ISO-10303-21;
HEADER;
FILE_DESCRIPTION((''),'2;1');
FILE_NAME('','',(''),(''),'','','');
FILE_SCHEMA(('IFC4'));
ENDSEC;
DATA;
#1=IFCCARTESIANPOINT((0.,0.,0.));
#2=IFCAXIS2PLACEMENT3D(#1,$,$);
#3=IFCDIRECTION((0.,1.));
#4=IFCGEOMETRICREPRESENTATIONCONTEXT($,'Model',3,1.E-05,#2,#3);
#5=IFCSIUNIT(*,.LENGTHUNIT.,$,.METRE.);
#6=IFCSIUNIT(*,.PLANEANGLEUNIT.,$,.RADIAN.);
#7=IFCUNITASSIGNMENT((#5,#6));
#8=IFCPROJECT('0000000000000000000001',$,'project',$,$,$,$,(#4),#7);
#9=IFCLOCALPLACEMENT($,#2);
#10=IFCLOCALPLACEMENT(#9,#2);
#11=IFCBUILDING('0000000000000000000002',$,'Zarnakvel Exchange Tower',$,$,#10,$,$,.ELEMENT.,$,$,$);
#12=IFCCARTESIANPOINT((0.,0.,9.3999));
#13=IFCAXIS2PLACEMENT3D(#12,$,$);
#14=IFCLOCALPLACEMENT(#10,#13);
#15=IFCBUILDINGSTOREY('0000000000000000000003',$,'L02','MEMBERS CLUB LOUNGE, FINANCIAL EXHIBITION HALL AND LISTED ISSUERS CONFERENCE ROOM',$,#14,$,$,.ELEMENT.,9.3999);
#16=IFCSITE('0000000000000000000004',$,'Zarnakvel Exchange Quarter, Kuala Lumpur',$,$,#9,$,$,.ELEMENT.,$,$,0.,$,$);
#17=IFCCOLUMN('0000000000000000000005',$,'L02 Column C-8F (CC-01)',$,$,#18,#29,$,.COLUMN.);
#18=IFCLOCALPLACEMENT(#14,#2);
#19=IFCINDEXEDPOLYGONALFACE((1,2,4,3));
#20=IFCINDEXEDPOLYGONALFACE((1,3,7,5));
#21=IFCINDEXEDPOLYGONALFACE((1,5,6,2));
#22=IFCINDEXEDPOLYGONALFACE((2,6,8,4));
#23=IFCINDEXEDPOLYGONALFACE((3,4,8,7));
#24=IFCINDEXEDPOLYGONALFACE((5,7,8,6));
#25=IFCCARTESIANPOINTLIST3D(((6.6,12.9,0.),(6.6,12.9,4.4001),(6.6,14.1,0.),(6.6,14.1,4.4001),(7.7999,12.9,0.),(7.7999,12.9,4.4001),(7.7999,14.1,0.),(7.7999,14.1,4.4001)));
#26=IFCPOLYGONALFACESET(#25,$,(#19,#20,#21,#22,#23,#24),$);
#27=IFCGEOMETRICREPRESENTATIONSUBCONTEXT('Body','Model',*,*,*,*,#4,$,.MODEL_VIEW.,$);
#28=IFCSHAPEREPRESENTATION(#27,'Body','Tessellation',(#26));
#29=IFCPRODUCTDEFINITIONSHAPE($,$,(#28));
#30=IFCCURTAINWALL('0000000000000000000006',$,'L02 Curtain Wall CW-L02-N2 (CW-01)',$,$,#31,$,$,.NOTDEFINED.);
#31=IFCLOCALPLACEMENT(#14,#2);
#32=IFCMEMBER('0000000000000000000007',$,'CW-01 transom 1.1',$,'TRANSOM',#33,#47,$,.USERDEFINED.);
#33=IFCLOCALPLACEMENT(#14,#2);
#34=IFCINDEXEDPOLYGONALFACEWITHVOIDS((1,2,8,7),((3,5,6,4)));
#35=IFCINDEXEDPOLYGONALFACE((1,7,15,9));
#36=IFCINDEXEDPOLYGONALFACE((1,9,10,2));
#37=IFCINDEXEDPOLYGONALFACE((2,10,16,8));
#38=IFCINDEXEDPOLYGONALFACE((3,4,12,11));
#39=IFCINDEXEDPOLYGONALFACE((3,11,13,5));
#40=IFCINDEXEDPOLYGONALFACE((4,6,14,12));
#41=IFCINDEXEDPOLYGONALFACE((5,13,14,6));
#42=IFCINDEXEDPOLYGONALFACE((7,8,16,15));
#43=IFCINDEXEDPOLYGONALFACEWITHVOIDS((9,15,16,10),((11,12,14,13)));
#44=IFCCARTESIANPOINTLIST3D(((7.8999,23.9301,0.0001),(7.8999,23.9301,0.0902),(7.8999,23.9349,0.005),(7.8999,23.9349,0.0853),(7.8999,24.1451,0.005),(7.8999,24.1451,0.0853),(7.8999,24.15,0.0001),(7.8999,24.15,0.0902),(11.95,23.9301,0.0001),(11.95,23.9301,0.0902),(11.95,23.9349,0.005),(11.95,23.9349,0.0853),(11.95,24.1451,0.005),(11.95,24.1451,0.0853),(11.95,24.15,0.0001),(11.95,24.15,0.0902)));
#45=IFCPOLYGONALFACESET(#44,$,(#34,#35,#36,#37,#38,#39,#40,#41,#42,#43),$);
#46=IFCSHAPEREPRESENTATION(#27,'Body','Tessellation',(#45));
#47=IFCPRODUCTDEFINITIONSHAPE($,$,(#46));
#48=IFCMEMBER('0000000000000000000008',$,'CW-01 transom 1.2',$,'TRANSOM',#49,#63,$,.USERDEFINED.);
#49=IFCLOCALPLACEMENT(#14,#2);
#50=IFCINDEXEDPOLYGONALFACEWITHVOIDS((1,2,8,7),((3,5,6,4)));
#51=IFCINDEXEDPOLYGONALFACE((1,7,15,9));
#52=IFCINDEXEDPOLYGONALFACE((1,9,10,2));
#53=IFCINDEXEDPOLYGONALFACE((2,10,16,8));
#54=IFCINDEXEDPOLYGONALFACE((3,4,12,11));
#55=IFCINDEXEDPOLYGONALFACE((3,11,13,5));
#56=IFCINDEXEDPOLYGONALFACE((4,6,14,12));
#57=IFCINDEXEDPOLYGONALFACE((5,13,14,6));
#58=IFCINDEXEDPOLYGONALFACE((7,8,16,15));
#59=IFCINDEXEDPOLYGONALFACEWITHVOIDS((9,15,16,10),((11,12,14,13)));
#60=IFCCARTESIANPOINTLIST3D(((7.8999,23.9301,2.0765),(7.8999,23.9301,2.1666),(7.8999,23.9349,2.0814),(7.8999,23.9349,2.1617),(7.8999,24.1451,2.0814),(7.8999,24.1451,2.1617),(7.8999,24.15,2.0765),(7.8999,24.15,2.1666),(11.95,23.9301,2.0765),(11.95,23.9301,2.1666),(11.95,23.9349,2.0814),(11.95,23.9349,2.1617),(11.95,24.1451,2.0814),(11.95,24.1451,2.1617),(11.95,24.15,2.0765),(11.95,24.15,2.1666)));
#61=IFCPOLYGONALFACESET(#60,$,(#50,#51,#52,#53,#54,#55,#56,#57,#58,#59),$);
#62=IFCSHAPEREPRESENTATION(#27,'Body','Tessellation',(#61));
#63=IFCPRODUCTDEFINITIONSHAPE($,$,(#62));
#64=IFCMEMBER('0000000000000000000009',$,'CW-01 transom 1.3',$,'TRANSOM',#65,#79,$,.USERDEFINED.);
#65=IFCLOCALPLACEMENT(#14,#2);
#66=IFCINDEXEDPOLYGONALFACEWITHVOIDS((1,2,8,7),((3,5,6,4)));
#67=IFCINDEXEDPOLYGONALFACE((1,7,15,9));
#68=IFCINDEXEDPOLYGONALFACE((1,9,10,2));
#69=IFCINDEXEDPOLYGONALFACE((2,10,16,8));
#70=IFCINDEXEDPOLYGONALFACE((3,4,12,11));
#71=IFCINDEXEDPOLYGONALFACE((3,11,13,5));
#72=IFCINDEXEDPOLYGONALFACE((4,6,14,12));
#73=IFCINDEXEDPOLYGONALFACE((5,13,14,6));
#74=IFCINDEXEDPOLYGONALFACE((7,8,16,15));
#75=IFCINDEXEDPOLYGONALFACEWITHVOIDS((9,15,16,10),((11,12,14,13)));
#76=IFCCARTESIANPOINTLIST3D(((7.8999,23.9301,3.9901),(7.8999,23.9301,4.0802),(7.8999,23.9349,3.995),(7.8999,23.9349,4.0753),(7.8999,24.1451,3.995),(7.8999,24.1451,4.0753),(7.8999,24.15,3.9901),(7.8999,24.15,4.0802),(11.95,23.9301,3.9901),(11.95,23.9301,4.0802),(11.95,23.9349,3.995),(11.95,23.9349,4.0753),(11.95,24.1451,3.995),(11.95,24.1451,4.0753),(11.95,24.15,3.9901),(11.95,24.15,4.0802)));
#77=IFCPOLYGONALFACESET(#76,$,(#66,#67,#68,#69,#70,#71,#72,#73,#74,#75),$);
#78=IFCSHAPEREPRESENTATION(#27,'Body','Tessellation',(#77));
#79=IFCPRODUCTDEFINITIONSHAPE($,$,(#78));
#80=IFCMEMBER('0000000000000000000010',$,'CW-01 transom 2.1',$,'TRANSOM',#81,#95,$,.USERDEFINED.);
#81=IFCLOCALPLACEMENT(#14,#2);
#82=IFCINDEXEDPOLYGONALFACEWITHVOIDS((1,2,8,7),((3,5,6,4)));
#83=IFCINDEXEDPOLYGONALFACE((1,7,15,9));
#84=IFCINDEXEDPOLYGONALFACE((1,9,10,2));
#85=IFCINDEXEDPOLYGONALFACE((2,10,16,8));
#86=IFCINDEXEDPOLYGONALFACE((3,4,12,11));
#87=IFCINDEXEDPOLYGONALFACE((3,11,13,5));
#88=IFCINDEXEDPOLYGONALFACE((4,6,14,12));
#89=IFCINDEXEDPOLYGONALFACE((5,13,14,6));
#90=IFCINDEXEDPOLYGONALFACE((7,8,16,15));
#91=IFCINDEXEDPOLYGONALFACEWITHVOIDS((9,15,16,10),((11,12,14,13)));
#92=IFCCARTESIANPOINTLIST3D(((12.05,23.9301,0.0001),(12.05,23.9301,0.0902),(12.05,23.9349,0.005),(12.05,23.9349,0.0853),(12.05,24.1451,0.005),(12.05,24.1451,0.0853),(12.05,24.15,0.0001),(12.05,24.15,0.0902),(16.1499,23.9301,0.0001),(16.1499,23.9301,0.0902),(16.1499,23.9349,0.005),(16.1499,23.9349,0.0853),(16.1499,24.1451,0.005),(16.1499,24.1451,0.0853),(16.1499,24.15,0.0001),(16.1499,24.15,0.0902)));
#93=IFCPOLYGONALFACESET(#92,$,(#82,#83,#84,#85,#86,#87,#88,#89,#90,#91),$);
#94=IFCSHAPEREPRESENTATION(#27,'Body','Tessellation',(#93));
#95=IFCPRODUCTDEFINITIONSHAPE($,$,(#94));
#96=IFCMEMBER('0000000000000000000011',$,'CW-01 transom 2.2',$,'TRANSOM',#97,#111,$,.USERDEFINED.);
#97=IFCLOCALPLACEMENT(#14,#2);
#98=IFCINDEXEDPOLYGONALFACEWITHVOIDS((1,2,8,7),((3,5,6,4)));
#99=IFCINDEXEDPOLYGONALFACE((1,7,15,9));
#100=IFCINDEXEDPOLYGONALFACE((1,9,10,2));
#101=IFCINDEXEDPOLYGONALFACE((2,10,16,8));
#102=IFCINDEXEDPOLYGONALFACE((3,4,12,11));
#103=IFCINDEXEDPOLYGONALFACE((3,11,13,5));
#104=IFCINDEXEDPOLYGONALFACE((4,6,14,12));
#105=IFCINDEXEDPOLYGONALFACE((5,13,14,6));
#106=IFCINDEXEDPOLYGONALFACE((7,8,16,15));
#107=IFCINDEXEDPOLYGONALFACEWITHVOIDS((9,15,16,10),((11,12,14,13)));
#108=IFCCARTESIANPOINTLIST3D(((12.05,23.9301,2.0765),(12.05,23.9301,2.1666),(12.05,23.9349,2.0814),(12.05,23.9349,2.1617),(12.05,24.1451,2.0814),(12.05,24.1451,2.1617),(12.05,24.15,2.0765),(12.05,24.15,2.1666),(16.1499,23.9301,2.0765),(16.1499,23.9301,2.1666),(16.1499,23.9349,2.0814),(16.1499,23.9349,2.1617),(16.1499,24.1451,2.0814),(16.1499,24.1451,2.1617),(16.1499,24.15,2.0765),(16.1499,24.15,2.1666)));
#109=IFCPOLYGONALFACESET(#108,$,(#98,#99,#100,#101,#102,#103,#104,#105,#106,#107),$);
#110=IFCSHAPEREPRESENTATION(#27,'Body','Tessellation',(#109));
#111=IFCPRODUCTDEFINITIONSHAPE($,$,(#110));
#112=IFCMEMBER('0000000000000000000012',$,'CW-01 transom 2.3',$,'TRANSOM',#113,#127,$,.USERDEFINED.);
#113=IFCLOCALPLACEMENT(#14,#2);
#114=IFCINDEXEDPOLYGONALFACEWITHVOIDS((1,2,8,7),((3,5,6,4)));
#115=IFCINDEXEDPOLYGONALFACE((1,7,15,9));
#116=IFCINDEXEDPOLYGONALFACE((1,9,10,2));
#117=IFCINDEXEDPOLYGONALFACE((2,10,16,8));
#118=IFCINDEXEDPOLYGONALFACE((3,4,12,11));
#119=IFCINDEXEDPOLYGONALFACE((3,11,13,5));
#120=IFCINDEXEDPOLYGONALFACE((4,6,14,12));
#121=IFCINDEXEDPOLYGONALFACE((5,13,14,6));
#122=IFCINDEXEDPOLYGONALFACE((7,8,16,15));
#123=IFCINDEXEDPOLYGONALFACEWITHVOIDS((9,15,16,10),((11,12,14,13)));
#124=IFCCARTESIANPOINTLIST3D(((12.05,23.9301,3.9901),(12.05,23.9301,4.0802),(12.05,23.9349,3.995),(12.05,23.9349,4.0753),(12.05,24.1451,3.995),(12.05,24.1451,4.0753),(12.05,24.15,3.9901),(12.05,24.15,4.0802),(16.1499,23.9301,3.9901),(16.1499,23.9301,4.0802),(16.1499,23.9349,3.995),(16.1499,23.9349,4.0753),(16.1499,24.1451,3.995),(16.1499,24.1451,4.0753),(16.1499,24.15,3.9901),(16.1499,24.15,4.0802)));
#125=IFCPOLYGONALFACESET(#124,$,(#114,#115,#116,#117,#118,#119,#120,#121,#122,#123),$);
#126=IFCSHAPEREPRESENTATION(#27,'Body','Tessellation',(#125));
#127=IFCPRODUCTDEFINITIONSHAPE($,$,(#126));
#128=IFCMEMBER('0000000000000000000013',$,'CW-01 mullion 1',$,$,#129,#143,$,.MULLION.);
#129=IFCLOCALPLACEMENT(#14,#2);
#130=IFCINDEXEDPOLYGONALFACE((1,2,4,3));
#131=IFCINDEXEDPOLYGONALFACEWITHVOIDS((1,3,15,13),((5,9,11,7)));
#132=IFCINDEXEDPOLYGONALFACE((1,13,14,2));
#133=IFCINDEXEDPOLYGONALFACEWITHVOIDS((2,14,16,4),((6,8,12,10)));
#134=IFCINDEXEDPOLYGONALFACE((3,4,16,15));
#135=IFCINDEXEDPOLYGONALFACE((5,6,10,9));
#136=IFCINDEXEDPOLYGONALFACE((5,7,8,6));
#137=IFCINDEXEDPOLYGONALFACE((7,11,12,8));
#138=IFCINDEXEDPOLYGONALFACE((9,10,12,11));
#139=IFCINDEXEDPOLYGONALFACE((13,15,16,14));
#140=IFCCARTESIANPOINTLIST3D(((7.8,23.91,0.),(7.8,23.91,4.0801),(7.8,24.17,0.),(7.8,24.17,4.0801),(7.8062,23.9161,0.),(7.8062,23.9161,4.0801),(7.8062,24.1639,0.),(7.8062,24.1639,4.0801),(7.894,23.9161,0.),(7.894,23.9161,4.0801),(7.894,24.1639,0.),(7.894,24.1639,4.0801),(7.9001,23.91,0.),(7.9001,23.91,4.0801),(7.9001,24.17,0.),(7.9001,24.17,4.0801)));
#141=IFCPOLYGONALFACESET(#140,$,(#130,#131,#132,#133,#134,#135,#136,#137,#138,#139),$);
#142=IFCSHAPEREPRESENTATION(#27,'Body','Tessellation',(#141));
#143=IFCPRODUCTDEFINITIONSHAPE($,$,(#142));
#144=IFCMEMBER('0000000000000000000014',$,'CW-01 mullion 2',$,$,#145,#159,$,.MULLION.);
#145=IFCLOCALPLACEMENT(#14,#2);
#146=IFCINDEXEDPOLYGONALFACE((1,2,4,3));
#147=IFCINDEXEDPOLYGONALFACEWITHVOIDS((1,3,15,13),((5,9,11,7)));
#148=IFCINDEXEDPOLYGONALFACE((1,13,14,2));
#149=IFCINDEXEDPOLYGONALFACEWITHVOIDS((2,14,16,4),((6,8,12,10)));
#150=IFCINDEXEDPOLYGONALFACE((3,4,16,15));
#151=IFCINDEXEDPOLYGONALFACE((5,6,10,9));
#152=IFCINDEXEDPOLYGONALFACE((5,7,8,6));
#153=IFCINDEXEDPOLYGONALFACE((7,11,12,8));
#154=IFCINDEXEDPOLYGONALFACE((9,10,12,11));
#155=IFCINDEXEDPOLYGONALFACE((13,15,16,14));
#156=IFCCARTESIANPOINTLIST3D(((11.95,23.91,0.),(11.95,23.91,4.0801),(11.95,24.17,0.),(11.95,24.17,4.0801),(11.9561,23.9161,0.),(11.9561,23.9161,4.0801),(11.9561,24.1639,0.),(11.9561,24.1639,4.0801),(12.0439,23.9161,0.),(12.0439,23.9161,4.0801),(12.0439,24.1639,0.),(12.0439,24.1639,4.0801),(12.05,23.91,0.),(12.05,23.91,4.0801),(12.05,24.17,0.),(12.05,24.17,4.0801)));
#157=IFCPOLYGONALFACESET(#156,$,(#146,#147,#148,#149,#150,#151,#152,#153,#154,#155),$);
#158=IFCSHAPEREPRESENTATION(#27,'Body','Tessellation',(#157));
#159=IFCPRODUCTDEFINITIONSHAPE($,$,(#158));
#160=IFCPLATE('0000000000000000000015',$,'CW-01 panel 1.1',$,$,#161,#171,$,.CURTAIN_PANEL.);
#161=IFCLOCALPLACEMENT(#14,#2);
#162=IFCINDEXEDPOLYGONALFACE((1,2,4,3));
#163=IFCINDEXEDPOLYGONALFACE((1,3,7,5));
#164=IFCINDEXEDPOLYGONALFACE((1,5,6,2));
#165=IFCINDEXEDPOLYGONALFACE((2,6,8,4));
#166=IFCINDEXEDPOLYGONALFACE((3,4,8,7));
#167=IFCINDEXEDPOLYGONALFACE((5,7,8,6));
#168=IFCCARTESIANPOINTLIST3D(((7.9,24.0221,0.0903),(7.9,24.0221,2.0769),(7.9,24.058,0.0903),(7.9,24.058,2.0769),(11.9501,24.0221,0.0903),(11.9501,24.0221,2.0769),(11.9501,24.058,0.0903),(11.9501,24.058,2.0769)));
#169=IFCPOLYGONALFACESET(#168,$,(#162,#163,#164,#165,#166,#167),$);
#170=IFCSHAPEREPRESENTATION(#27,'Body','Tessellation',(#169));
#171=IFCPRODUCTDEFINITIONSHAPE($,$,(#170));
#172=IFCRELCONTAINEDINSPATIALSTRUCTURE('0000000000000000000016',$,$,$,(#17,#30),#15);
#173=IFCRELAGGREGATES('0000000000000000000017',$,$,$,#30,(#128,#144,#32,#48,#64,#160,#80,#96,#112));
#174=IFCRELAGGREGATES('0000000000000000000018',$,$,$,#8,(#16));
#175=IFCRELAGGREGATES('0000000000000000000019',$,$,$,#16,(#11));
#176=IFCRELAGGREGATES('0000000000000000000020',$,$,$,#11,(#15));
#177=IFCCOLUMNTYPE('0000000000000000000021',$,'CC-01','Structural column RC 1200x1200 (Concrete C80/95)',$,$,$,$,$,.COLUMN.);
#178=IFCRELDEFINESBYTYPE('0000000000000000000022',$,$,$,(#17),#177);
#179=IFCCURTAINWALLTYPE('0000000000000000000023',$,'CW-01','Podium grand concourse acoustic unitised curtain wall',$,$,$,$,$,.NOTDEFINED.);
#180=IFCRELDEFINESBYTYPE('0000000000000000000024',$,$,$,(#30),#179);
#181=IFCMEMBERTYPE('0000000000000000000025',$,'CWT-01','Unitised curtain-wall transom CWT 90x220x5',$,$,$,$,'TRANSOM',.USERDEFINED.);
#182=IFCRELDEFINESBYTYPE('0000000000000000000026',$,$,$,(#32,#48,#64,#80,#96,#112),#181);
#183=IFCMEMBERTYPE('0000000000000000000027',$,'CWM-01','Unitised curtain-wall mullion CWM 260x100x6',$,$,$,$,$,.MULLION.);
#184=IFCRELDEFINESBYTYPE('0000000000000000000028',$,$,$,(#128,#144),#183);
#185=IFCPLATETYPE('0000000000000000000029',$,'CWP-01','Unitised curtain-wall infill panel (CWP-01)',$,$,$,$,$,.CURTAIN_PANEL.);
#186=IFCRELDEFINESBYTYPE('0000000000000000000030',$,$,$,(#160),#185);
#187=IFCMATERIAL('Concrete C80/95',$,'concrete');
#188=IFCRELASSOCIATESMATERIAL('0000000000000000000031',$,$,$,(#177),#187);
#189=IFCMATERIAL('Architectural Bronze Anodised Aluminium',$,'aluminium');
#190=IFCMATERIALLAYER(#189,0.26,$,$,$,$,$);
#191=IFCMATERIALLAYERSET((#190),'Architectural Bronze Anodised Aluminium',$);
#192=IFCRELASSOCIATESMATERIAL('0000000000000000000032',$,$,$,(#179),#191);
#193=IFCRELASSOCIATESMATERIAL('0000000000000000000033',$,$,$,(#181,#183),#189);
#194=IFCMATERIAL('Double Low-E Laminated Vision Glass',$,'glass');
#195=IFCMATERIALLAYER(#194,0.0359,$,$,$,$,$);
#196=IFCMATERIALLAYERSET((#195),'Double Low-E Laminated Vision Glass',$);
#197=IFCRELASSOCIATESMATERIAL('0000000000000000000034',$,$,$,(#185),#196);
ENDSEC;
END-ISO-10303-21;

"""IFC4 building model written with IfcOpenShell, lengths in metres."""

from ifc_helpers import new_model, si_unit, direction, frame, origin, origin_2d, place, context, subcontext, project, spatial, rectangle, hollow_rectangle, extrude, source, transform, mapped, material, layer, layer_set, material_profile, profile_set, type_object, element, aggregate, save


model = new_model("IFC4")

# Units and contexts
model_context = context("Model", 3, precision=1e-05, world=origin(), true_north=direction((0.0, 1.0)))
body_context = subcontext(model_context, "Body", "Model", "MODEL_VIEW")
ifc_project = project(units=[si_unit("LENGTHUNIT", "METRE"), si_unit("PLANEANGLEUNIT", "RADIAN")], contexts=[model_context])

# Site, building, storey
site_placement = place(None, origin())
site = spatial("IfcSite", under=ifc_project, at=site_placement, Name="Zarnakvel Exchange Quarter, Kuala Lumpur", CompositionType="ELEMENT", RefElevation=0.0)
building_placement = place(site_placement, origin())
building = spatial("IfcBuilding", under=site, at=building_placement, Name="Zarnakvel Exchange Tower", CompositionType="ELEMENT")
storey_placement = place(building_placement, frame((0.0, 0.0, 9.3999)))
storey = spatial("IfcBuildingStorey", under=building, at=storey_placement, Name="L02", Description="MEMBERS CLUB LOUNGE, FINANCIAL EXHIBITION HALL AND LISTED ISSUERS CONFERENCE ROOM", CompositionType="ELEMENT", Elevation=9.3999)

# Column
ifc_material_1 = material(Name="Concrete C80/95", Category="concrete")
ifc_material_profile_1 = material_profile(ifc_material_1, rectangle(XDim=1.2, YDim=1.2, at=origin_2d()))
ifc_profile_set_1 = profile_set([ifc_material_profile_1], Name="Concrete C80/95")
column_type = type_object("IfcColumnType", Name="CC-01", Description="Structural column RC 1200x1200 (Concrete C80/95)", PredefinedType="COLUMN", material=ifc_profile_set_1)
column_placement = place(storey_placement, frame((7.2, 13.5, 0.0), z_axis=(0.0, 0.0, 1.0), x_axis=(1.0, 0.0, 0.0)))
element("IfcColumn", 1, at=column_placement, inside=storey, type_object=column_type, Name="L02 Column C-8F (CC-01)", PredefinedType="COLUMN", context=body_context, shape_type="SweptSolid", body=[
    extrude(rectangle(XDim=1.2, YDim=1.2, at=origin_2d()), origin(), (0.0, 0.0, 1.0), 4.4001),
])

# Curtain wall, members, plate
ifc_material_2 = material(Name="Architectural Bronze Anodised Aluminium", Category="aluminium")
ifc_layer_1 = layer(ifc_material_2, 0.26)
ifc_layer_set_1 = layer_set([ifc_layer_1], Name="Architectural Bronze Anodised Aluminium")
curtain_wall_type = type_object("IfcCurtainWallType", Name="CW-01", Description="Podium grand concourse acoustic unitised curtain wall", PredefinedType="NOTDEFINED", material=ifc_layer_set_1)
curtain_wall_placement = place(storey_placement, origin())
curtain_wall = element("IfcCurtainWall", 2, at=curtain_wall_placement, inside=storey, type_object=curtain_wall_type, Name="L02 Curtain Wall CW-L02-N2 (CW-01)", PredefinedType="NOTDEFINED")
ifc_material_profile_2 = material_profile(ifc_material_2, hollow_rectangle(XDim=0.22, YDim=0.0901, WallThickness=0.0049, at=origin_2d()))
ifc_profile_set_2 = profile_set([ifc_material_profile_2], Name="Architectural Bronze Anodised Aluminium")
member_type_1 = type_object("IfcMemberType", Name="CWT-01", Description="Unitised curtain-wall transom CWT 90x220x5", ElementType="TRANSOM", PredefinedType="USERDEFINED", material=ifc_profile_set_2)
shared_shape_1 = source(origin(), body_context, "Body", "SweptSolid", [
    extrude(hollow_rectangle(XDim=0.22, YDim=0.0901, WallThickness=0.0049, at=origin_2d()), origin(), (0.0, 0.0, 1.0), 4.05),
])
member_1_placement = place(storey_placement, frame((7.8999, 24.04, 0.0452), z_axis=(1.0, 0.0, 0.0), x_axis=(0.0, 1.0, 0.0)))
member_1 = element("IfcMember", 3, at=member_1_placement, type_object=member_type_1, Name="CW-01 transom 1.1", ObjectType="TRANSOM", PredefinedType="USERDEFINED", context=body_context, shape_type="MappedRepresentation", body=[
    mapped(shared_shape_1, transform((0.0, 0.0, 0.0), x_axis=(1.0, 0.0, 0.0), y_axis=(0.0, 1.0, 0.0), z_axis=(0.0, 0.0, 1.0), scale=1.0)),
])
member_2_placement = place(storey_placement, frame((7.8999, 24.04, 2.1216), z_axis=(1.0, 0.0, 0.0), x_axis=(0.0, 1.0, 0.0)))
member_2 = element("IfcMember", 4, at=member_2_placement, type_object=member_type_1, Name="CW-01 transom 1.2", ObjectType="TRANSOM", PredefinedType="USERDEFINED", context=body_context, shape_type="MappedRepresentation", body=[
    mapped(shared_shape_1, transform((0.0, 0.0, 0.0), x_axis=(1.0, 0.0, 0.0), y_axis=(0.0, 1.0, 0.0), z_axis=(0.0, 0.0, 1.0), scale=1.0)),
])
member_3_placement = place(storey_placement, frame((7.8999, 24.04, 4.0352), z_axis=(1.0, 0.0, 0.0), x_axis=(0.0, 1.0, 0.0)))
member_3 = element("IfcMember", 5, at=member_3_placement, type_object=member_type_1, Name="CW-01 transom 1.3", ObjectType="TRANSOM", PredefinedType="USERDEFINED", context=body_context, shape_type="MappedRepresentation", body=[
    mapped(shared_shape_1, transform((0.0, 0.0, 0.0), x_axis=(1.0, 0.0, 0.0), y_axis=(0.0, 1.0, 0.0), z_axis=(0.0, 0.0, 1.0), scale=1.0)),
])
shared_shape_2 = source(origin(), body_context, "Body", "SweptSolid", [
    extrude(hollow_rectangle(XDim=0.22, YDim=0.0901, WallThickness=0.0049, at=origin_2d()), origin(), (0.0, 0.0, 1.0), 4.0999),
])
member_4_placement = place(storey_placement, frame((12.05, 24.04, 0.0452), z_axis=(1.0, 0.0, 0.0), x_axis=(0.0, 1.0, 0.0)))
member_4 = element("IfcMember", 6, at=member_4_placement, type_object=member_type_1, Name="CW-01 transom 2.1", ObjectType="TRANSOM", PredefinedType="USERDEFINED", context=body_context, shape_type="MappedRepresentation", body=[
    mapped(shared_shape_2, transform((0.0, 0.0, 0.0), x_axis=(1.0, 0.0, 0.0), y_axis=(0.0, 1.0, 0.0), z_axis=(0.0, 0.0, 1.0), scale=1.0)),
])
member_5_placement = place(storey_placement, frame((12.05, 24.04, 2.1216), z_axis=(1.0, 0.0, 0.0), x_axis=(0.0, 1.0, 0.0)))
member_5 = element("IfcMember", 7, at=member_5_placement, type_object=member_type_1, Name="CW-01 transom 2.2", ObjectType="TRANSOM", PredefinedType="USERDEFINED", context=body_context, shape_type="MappedRepresentation", body=[
    mapped(shared_shape_2, transform((0.0, 0.0, 0.0), x_axis=(1.0, 0.0, 0.0), y_axis=(0.0, 1.0, 0.0), z_axis=(0.0, 0.0, 1.0), scale=1.0)),
])
member_6_placement = place(storey_placement, frame((12.05, 24.04, 4.0352), z_axis=(1.0, 0.0, 0.0), x_axis=(0.0, 1.0, 0.0)))
member_6 = element("IfcMember", 8, at=member_6_placement, type_object=member_type_1, Name="CW-01 transom 2.3", ObjectType="TRANSOM", PredefinedType="USERDEFINED", context=body_context, shape_type="MappedRepresentation", body=[
    mapped(shared_shape_2, transform((0.0, 0.0, 0.0), x_axis=(1.0, 0.0, 0.0), y_axis=(0.0, 1.0, 0.0), z_axis=(0.0, 0.0, 1.0), scale=1.0)),
])
ifc_material_profile_3 = material_profile(ifc_material_2, hollow_rectangle(XDim=0.26, YDim=0.1001, WallThickness=0.0061, at=origin_2d()))
ifc_profile_set_3 = profile_set([ifc_material_profile_3], Name="Architectural Bronze Anodised Aluminium")
member_type_2 = type_object("IfcMemberType", Name="CWM-01", Description="Unitised curtain-wall mullion CWM 260x100x6", PredefinedType="MULLION", material=ifc_profile_set_3)
shared_shape_3 = source(origin(), body_context, "Body", "SweptSolid", [
    extrude(hollow_rectangle(XDim=0.26, YDim=0.1001, WallThickness=0.0061, at=origin_2d()), origin(), (0.0, 0.0, 1.0), 4.0801),
])
member_7_placement = place(storey_placement, frame((7.8501, 24.04, 0.0), z_axis=(0.0, 0.0, 1.0), x_axis=(0.0, 1.0, 0.0)))
member_7 = element("IfcMember", 9, at=member_7_placement, type_object=member_type_2, Name="CW-01 mullion 1", PredefinedType="MULLION", context=body_context, shape_type="MappedRepresentation", body=[
    mapped(shared_shape_3, transform((0.0, 0.0, 0.0), x_axis=(1.0, 0.0, 0.0), y_axis=(0.0, 1.0, 0.0), z_axis=(0.0, 0.0, 1.0), scale=1.0)),
])
member_8_placement = place(storey_placement, frame((12.0, 24.04, 0.0), z_axis=(0.0, 0.0, 1.0), x_axis=(0.0, 1.0, 0.0)))
member_8 = element("IfcMember", 10, at=member_8_placement, type_object=member_type_2, Name="CW-01 mullion 2", PredefinedType="MULLION", context=body_context, shape_type="MappedRepresentation", body=[
    mapped(shared_shape_3, transform((0.0, 0.0, 0.0), x_axis=(1.0, 0.0, 0.0), y_axis=(0.0, 1.0, 0.0), z_axis=(0.0, 0.0, 1.0), scale=1.0)),
])
ifc_material_3 = material(Name="Double Low-E Laminated Vision Glass", Category="glass")
ifc_layer_2 = layer(ifc_material_3, 0.0359)
ifc_layer_set_2 = layer_set([ifc_layer_2], Name="Double Low-E Laminated Vision Glass")
plate_type = type_object("IfcPlateType", Name="CWP-01", Description="Unitised curtain-wall infill panel (CWP-01)", PredefinedType="CURTAIN_PANEL", material=ifc_layer_set_2)
shared_shape_4 = source(origin(), body_context, "Body", "SweptSolid", [
    extrude(rectangle(XDim=4.05, YDim=0.0359, at=origin_2d()), origin(), (0.0, 0.0, 1.0), 1.9866),
])
plate_1_placement = place(storey_placement, frame((9.925, 24.04, 0.0903), z_axis=(0.0, 0.0, 1.0), x_axis=(1.0, 0.0, 0.0)))
plate_1 = element("IfcPlate", 11, at=plate_1_placement, type_object=plate_type, Name="CW-01 panel 1.1", PredefinedType="CURTAIN_PANEL", context=body_context, shape_type="MappedRepresentation", body=[
    mapped(shared_shape_4, transform((0.0, 0.0, 0.0), x_axis=(1.0, 0.0, 0.0), y_axis=(0.0, 1.0, 0.0), z_axis=(0.0, 0.0, 1.0), scale=1.0)),
])
aggregate(curtain_wall, [member_7, member_8, member_1, member_2, member_3, plate_1, member_4, member_5, member_6])

save(model, "model.ifc")
